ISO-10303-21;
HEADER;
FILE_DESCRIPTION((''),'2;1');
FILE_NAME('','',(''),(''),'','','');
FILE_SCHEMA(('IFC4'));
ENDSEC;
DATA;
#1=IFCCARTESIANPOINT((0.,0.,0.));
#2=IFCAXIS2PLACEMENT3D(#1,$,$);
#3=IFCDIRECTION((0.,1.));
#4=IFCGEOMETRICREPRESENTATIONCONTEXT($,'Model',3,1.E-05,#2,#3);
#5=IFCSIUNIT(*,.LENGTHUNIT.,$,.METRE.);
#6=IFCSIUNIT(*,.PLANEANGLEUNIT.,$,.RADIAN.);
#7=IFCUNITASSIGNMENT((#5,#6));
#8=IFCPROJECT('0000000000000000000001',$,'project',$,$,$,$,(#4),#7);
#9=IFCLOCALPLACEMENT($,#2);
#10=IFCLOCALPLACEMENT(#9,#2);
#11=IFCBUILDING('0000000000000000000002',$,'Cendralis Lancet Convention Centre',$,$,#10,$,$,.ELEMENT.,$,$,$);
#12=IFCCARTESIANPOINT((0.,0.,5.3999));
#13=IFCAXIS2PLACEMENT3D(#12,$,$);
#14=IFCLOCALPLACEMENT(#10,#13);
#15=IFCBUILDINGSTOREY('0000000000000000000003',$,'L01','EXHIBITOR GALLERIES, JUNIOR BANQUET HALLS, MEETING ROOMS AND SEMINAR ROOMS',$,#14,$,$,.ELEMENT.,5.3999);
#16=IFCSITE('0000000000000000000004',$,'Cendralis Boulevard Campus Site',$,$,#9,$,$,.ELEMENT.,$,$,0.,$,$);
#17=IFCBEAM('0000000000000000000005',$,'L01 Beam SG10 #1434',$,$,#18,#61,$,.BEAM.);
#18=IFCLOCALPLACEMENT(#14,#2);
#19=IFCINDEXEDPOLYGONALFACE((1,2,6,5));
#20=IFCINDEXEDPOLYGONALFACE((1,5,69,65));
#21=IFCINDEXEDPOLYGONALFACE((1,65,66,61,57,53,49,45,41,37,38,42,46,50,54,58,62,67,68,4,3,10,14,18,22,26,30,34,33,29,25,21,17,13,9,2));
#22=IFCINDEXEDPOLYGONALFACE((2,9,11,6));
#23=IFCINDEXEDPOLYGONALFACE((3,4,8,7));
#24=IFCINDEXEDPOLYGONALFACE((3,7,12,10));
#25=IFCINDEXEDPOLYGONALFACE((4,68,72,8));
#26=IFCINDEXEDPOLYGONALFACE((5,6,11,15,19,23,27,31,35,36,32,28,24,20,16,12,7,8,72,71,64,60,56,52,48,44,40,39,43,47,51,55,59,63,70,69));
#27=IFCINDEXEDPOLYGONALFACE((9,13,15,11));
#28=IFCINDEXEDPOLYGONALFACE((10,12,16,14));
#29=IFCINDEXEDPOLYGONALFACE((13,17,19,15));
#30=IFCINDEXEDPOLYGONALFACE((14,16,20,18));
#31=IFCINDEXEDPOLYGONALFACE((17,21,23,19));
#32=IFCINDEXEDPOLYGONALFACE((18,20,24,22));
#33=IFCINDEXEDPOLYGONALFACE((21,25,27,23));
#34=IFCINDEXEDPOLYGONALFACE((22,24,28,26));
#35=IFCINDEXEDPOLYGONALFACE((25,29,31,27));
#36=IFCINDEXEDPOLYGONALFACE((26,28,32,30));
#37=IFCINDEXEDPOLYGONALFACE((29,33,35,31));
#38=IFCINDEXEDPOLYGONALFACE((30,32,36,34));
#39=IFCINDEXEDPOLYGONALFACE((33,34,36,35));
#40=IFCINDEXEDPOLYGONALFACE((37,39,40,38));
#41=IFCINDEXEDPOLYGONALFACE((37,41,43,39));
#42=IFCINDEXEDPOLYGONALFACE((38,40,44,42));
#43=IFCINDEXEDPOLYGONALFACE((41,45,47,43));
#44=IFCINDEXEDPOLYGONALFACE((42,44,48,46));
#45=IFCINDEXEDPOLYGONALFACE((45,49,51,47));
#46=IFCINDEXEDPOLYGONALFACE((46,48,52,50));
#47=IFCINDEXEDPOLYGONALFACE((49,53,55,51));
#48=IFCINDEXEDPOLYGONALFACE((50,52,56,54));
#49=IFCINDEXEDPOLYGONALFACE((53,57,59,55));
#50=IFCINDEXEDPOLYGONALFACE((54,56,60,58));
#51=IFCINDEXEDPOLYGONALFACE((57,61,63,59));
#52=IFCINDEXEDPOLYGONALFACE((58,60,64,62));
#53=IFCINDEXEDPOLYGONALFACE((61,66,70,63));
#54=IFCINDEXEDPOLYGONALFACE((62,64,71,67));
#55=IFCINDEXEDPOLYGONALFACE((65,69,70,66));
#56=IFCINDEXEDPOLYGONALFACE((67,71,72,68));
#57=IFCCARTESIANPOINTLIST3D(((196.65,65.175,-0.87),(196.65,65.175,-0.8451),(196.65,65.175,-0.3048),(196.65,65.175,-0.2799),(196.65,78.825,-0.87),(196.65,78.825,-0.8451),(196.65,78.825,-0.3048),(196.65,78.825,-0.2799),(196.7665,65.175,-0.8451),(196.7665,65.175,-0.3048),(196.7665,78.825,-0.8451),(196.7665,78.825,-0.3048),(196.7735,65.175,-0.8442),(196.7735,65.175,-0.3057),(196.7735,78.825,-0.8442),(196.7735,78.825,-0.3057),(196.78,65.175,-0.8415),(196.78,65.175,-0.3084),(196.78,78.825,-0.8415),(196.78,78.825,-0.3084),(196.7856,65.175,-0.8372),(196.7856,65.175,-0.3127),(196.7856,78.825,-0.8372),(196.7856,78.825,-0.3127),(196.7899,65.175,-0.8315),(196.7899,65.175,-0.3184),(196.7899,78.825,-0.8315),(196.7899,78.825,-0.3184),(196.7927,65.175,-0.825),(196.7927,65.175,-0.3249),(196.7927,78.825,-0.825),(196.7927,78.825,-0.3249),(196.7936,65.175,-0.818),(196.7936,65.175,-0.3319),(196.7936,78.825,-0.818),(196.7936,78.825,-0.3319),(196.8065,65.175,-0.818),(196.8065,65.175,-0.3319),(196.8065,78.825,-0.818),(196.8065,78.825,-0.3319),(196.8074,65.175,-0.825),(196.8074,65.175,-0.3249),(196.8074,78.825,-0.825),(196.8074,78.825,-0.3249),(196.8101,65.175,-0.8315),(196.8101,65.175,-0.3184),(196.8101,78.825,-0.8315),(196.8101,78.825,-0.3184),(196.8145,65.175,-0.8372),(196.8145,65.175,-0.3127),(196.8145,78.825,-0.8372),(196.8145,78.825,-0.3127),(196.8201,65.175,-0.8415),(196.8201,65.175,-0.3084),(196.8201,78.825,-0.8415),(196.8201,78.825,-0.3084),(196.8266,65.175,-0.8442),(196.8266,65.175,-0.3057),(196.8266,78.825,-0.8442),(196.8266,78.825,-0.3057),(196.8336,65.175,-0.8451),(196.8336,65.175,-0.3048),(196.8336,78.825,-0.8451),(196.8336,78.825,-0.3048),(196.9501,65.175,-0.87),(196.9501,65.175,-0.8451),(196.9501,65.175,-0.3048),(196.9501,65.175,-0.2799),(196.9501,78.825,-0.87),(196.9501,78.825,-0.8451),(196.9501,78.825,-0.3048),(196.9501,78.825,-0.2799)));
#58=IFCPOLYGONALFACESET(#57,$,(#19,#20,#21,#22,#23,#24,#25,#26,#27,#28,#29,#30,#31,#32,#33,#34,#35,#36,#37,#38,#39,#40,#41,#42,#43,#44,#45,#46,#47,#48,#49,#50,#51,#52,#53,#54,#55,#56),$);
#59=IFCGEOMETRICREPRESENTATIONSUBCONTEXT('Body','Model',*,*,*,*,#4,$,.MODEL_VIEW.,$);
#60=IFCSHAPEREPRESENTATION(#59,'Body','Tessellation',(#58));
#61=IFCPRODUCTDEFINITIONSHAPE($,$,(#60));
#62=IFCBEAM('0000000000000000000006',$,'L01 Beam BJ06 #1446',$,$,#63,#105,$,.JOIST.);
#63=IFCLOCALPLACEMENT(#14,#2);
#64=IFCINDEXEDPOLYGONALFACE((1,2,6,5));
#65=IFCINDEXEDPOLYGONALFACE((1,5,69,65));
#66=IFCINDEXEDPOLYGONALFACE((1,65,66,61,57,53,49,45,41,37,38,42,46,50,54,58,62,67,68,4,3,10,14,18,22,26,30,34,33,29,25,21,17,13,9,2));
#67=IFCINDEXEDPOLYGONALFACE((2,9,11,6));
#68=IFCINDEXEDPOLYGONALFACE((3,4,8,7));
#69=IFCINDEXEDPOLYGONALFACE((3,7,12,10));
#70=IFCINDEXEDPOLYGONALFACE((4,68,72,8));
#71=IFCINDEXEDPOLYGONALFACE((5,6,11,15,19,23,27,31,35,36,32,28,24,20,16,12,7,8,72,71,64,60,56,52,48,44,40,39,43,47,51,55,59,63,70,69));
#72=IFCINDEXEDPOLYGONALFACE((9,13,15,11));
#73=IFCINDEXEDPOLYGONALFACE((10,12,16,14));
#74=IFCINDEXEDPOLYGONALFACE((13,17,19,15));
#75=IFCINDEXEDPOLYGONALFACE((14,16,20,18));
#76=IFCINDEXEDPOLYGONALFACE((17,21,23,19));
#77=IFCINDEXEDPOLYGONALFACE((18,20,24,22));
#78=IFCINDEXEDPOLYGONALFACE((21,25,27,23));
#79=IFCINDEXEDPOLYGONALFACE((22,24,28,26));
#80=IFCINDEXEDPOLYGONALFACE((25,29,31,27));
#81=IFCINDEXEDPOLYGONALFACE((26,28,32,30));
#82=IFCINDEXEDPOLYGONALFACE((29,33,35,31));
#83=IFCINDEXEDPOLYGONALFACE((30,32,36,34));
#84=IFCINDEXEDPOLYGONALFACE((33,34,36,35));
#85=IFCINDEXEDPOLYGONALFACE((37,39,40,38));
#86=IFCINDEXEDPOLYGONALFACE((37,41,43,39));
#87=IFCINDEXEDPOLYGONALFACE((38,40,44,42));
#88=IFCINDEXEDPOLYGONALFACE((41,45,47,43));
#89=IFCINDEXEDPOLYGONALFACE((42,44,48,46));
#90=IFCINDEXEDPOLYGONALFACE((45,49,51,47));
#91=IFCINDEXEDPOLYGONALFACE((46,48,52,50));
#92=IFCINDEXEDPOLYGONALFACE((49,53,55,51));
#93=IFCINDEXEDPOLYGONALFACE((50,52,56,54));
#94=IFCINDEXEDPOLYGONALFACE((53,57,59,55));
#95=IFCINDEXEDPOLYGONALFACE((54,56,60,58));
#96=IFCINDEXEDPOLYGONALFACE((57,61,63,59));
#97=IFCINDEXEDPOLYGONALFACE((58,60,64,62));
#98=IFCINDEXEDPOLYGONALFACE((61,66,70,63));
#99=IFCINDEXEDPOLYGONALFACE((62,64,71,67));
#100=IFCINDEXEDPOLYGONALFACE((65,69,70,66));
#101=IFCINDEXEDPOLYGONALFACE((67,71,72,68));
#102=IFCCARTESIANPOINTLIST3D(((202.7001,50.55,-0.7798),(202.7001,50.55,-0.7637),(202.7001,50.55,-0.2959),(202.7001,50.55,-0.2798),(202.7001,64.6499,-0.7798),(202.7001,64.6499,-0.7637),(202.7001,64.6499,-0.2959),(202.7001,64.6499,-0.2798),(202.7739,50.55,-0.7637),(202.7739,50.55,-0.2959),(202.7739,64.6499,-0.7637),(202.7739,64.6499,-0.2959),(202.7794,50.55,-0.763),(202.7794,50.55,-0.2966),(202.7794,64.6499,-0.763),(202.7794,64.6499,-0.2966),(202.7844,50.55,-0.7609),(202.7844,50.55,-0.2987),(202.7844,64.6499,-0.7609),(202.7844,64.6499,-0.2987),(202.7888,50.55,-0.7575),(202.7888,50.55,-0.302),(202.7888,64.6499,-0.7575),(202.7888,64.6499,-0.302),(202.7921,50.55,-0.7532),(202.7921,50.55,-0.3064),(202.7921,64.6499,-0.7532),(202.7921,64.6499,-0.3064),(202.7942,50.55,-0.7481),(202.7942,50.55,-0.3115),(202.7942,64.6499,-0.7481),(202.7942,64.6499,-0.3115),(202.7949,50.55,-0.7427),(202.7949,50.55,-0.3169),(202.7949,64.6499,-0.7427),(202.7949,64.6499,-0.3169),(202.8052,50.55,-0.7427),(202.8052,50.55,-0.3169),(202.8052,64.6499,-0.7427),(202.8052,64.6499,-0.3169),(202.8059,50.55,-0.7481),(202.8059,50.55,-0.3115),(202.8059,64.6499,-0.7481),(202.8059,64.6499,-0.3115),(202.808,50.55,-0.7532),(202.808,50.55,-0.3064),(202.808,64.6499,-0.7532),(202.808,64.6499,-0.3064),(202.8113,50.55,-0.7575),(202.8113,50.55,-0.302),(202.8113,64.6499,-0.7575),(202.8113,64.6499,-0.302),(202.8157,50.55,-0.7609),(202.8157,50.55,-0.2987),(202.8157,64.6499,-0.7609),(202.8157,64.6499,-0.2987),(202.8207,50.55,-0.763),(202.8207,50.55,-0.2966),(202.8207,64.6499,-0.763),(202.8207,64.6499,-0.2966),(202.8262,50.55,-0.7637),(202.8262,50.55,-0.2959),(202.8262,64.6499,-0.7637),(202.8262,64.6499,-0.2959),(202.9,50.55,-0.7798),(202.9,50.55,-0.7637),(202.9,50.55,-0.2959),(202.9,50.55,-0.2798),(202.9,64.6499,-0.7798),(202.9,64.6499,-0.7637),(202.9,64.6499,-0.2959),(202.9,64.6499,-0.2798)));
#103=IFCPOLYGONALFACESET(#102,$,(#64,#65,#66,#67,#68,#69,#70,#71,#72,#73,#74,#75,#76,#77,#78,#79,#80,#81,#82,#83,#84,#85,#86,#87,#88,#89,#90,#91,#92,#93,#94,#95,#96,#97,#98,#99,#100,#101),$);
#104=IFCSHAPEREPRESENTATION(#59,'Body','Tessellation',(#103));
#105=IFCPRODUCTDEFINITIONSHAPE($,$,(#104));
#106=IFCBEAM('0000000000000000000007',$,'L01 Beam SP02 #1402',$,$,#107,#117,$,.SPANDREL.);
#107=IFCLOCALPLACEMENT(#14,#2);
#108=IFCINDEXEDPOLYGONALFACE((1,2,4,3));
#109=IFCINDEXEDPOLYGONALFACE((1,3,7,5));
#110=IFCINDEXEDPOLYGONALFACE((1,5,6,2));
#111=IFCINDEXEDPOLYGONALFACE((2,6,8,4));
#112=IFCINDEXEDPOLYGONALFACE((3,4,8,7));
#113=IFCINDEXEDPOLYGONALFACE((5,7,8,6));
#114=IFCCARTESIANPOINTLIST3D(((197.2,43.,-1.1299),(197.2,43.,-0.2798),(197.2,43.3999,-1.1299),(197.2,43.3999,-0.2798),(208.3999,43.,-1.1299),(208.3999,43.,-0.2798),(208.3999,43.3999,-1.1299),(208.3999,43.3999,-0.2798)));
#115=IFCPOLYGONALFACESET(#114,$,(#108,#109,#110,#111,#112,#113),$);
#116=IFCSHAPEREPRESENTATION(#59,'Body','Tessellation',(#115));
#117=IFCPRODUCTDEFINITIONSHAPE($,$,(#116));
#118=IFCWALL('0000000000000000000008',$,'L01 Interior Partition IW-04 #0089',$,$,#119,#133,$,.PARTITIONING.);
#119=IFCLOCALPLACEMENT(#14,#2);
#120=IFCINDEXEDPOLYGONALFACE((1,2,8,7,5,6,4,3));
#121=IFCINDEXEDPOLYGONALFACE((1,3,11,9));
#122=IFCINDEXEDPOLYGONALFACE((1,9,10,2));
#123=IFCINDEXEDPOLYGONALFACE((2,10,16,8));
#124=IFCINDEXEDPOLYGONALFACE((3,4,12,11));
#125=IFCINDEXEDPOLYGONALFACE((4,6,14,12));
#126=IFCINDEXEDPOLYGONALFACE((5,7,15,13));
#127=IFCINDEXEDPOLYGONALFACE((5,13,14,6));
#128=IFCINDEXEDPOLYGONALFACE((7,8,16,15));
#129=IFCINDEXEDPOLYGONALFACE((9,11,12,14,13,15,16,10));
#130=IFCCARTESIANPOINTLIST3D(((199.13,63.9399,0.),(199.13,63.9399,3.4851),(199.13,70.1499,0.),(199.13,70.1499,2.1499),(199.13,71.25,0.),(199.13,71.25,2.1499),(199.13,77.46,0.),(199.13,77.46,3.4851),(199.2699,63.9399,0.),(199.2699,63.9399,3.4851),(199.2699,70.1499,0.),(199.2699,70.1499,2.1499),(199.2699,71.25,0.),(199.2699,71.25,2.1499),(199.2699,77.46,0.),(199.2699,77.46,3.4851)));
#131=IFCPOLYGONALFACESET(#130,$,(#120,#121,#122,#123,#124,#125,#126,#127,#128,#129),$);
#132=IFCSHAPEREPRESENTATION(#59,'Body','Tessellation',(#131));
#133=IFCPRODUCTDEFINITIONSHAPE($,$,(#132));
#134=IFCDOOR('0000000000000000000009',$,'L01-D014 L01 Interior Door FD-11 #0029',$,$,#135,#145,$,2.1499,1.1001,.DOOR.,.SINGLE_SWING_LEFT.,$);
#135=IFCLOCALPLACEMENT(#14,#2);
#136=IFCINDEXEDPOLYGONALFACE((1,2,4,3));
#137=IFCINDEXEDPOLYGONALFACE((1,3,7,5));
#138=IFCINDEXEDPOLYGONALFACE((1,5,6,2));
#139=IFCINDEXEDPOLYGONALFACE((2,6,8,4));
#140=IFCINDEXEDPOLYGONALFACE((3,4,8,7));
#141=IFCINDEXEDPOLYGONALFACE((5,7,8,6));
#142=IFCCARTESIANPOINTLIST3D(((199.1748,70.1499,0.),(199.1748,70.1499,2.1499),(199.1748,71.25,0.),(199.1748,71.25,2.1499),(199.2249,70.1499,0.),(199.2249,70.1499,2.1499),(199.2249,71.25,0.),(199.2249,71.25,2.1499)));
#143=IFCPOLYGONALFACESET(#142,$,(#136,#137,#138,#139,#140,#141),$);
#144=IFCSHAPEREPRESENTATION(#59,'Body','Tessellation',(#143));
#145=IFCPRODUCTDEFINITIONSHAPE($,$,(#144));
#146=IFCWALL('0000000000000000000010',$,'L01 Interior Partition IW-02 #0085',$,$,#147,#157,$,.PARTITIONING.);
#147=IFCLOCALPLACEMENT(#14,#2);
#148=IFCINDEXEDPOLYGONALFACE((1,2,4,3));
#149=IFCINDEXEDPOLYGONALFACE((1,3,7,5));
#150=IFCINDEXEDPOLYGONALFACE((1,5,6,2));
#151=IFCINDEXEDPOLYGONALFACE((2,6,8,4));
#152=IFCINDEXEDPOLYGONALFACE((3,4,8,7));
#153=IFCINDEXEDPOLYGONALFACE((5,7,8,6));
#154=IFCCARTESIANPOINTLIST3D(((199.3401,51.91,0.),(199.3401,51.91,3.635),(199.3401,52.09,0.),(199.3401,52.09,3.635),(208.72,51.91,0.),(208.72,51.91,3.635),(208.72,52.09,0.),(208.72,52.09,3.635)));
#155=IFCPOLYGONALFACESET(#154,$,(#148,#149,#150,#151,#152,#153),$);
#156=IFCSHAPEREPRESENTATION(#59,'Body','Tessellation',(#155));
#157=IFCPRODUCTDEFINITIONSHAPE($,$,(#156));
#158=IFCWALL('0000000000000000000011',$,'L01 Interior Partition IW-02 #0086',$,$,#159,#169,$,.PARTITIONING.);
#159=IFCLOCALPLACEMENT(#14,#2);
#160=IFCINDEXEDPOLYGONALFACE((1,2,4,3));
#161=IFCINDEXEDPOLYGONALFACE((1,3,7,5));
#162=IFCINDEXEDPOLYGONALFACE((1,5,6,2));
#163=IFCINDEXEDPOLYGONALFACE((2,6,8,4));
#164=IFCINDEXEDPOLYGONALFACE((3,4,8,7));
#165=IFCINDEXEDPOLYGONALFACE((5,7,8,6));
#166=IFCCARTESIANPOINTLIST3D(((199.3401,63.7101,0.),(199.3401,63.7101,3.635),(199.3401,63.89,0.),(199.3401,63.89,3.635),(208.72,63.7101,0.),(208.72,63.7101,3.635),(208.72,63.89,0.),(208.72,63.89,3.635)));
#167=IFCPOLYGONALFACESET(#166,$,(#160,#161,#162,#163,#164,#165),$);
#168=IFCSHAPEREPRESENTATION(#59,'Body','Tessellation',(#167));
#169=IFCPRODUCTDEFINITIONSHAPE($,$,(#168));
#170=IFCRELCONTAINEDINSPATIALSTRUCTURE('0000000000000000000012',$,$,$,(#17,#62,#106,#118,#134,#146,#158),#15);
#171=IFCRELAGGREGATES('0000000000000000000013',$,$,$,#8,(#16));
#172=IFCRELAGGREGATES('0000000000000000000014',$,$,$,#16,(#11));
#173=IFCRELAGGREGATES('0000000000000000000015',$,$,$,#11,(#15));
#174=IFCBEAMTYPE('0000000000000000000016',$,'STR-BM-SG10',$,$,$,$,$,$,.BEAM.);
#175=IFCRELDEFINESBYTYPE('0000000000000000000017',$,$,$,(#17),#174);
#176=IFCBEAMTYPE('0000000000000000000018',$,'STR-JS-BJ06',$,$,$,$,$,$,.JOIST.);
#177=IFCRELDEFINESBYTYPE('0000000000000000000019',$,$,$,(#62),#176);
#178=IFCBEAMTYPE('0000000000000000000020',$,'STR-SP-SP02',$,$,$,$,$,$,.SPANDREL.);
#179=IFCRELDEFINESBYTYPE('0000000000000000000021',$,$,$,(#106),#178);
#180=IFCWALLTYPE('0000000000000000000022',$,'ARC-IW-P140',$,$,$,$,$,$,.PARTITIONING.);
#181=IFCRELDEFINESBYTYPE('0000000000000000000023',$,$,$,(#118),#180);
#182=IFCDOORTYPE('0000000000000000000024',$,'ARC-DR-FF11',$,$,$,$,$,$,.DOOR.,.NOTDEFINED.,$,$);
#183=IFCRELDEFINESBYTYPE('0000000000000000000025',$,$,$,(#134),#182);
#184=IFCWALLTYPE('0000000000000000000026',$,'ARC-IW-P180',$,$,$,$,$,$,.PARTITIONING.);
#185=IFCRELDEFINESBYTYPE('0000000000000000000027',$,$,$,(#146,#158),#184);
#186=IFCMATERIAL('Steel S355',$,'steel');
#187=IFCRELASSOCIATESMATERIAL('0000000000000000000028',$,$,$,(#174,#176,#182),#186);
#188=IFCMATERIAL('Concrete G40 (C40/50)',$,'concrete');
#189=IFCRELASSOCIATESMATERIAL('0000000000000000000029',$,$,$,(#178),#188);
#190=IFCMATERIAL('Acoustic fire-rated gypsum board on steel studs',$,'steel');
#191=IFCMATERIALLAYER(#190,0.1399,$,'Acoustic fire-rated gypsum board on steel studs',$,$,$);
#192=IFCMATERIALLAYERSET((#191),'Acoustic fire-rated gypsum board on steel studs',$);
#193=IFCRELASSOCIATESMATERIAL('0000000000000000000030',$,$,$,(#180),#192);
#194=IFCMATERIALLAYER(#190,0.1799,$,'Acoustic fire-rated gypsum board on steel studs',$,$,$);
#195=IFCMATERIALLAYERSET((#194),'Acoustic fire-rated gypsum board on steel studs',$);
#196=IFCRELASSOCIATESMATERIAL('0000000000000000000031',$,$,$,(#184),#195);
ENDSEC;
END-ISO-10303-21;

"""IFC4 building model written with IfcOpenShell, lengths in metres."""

from ifc_helpers import new_model, si_unit, direction, frame, frame_2d, origin, origin_2d, place, context, subcontext, project, spatial, rectangle, i_section, extrude, material, layer, layer_set, material_profile, profile_set, type_object, element, fill, save


model = new_model("IFC4")

# Units and contexts
model_context = context("Model", 3, precision=1e-05, world=origin(), true_north=direction((0.0, 1.0)))
body_context = subcontext(model_context, "Body", "Model", "MODEL_VIEW")
ifc_project = project(units=[si_unit("LENGTHUNIT", "METRE"), si_unit("PLANEANGLEUNIT", "RADIAN")], contexts=[model_context])

# Site, building, storey
site_placement = place(None, origin())
site = spatial("IfcSite", under=ifc_project, at=site_placement, Name="Cendralis Boulevard Campus Site", CompositionType="ELEMENT", RefElevation=0.0)
building_placement = place(site_placement, origin())
building = spatial("IfcBuilding", under=site, at=building_placement, Name="Cendralis Lancet Convention Centre", CompositionType="ELEMENT")
storey_placement = place(building_placement, frame((0.0, 0.0, 5.3999)))
storey = spatial("IfcBuildingStorey", under=building, at=storey_placement, Name="L01", Description="EXHIBITOR GALLERIES, JUNIOR BANQUET HALLS, MEETING ROOMS AND SEMINAR ROOMS", CompositionType="ELEMENT", Elevation=5.3999)

# Shared definitions
ifc_material_1 = material(Name="Concrete G40 (C40/50)", Category="concrete")

# Beams
ifc_material_2 = material(Name="Steel S355", Category="steel")
ifc_material_profile_1 = material_profile(ifc_material_2, i_section(OverallWidth=0.3, OverallDepth=0.5901, WebThickness=0.0129, FlangeThickness=0.0249, FilletRadius=0.0271, at=origin_2d()), Name="HEA 600")
ifc_profile_set_1 = profile_set([ifc_material_profile_1], Name="Steel S355")
beam_type_1 = type_object("IfcBeamType", Name="STR-BM-SG10", PredefinedType="BEAM", material=ifc_profile_set_1)
beam_1_placement = place(storey_placement, frame((196.8, 65.175, -0.575), z_axis=(0.0, 1.0, 0.0), x_axis=(-1.0, 0.0, 0.0)))
element("IfcBeam", 1, at=beam_1_placement, inside=storey, type_object=beam_type_1, Name="L01 Beam SG10 #1434", PredefinedType="BEAM", context=body_context, shape_type="SweptSolid", body=[
    extrude(i_section(OverallWidth=0.3, OverallDepth=0.5901, WebThickness=0.0129, FlangeThickness=0.0249, FilletRadius=0.0271, at=origin_2d()), origin(), (0.0, 0.0, 1.0), 13.6499),
])
ifc_material_profile_2 = material_profile(ifc_material_2, i_section(OverallWidth=0.2, OverallDepth=0.5, WebThickness=0.0103, FlangeThickness=0.0161, FilletRadius=0.021, at=origin_2d()), Name="IPE 500")
ifc_profile_set_2 = profile_set([ifc_material_profile_2], Name="Steel S355")
beam_type_2 = type_object("IfcBeamType", Name="STR-JS-BJ06", PredefinedType="JOIST", material=ifc_profile_set_2)
beam_2_placement = place(storey_placement, frame((202.8, 50.55, -0.5298), z_axis=(0.0, 1.0, 0.0), x_axis=(-1.0, 0.0, 0.0)))
element("IfcBeam", 2, at=beam_2_placement, inside=storey, type_object=beam_type_2, Name="L01 Beam BJ06 #1446", PredefinedType="JOIST", context=body_context, shape_type="SweptSolid", body=[
    extrude(i_section(OverallWidth=0.2, OverallDepth=0.5, WebThickness=0.0103, FlangeThickness=0.0161, FilletRadius=0.021, at=origin_2d()), origin(), (0.0, 0.0, 1.0), 14.0999),
])
ifc_material_profile_3 = material_profile(ifc_material_1, rectangle(XDim=0.3999, YDim=0.8501, at=origin_2d()), Name="RCB 400x850")
ifc_profile_set_3 = profile_set([ifc_material_profile_3], Name="Concrete G40 (C40/50)")
beam_type_3 = type_object("IfcBeamType", Name="STR-SP-SP02", PredefinedType="SPANDREL", material=ifc_profile_set_3)
beam_3_placement = place(storey_placement, frame((197.2, 43.2, -0.7048), z_axis=(1.0, 0.0, 0.0), x_axis=(0.0, 1.0, 0.0)))
element("IfcBeam", 3, at=beam_3_placement, inside=storey, type_object=beam_type_3, Name="L01 Beam SP02 #1402", PredefinedType="SPANDREL", context=body_context, shape_type="SweptSolid", body=[
    extrude(rectangle(XDim=0.3999, YDim=0.8501, at=origin_2d()), origin(), (0.0, 0.0, 1.0), 11.2),
])

# Wall, opening, door
ifc_material_3 = material(Name="Acoustic fire-rated gypsum board on steel studs", Category="steel")
ifc_layer_1 = layer(ifc_material_3, 0.1399, Name="Acoustic fire-rated gypsum board on steel studs")
ifc_layer_set_1 = layer_set([ifc_layer_1], Name="Acoustic fire-rated gypsum board on steel studs")
wall_type_1 = type_object("IfcWallType", Name="ARC-IW-P140", PredefinedType="PARTITIONING", material=ifc_layer_set_1)
wall_1_placement = place(storey_placement, frame((199.2, 63.9399, 0.0), z_axis=(0.0, 0.0, 1.0), x_axis=(0.0, 1.0, 0.0)))
wall_1 = element("IfcWall", 4, at=wall_1_placement, inside=storey, type_object=wall_type_1, Name="L01 Interior Partition IW-04 #0089", PredefinedType="PARTITIONING", context=body_context, shape_type="SweptSolid", body=[
    extrude(rectangle(XDim=13.52, YDim=0.1399, at=frame_2d((6.76, 0.0))), origin(), (0.0, 0.0, 1.0), 3.4851),
])
opening_1_placement = place(wall_1_placement, frame((6.21, 0.0, 0.0)))
opening_1 = element("IfcOpeningElement", 5, at=opening_1_placement, cuts=wall_1, PredefinedType="OPENING", context=body_context, shape_type="SweptSolid", body=[
    extrude(rectangle(XDim=1.1001, YDim=2.1499, at=frame_2d((0.55, 1.075))), frame((0.0, 0.0798, 0.0), z_axis=(0.0, -1.0, 0.0), x_axis=(1.0, 0.0, 0.0)), (0.0, 0.0, 1.0), 0.1599),
])
door_type_1 = type_object("IfcDoorType", Name="ARC-DR-FF11", OperationType="NOTDEFINED", PredefinedType="DOOR", material=ifc_material_2)
door_1_placement = place(opening_1_placement, frame((1.1001, 0.0, 0.0), z_axis=(0.0, 0.0, 1.0), x_axis=(-1.0, 0.0, 0.0)))
door_1 = element("IfcDoor", 6, at=door_1_placement, inside=storey, type_object=door_type_1, Name="L01-D014 L01 Interior Door FD-11 #0029", OperationType="SINGLE_SWING_LEFT", OverallHeight=2.1499, OverallWidth=1.1001, PredefinedType="DOOR", context=body_context, shape_type="SweptSolid", body=[
    extrude(rectangle(XDim=1.1001, YDim=2.1499, at=frame_2d((0.55, 1.075))), frame((0.0, 0.0249, 0.0), z_axis=(0.0, -1.0, 0.0), x_axis=(1.0, 0.0, 0.0)), (0.0, 0.0, 1.0), 0.05),
])
fill(opening_1, door_1)

# Walls
ifc_layer_2 = layer(ifc_material_3, 0.1799, Name="Acoustic fire-rated gypsum board on steel studs")
ifc_layer_set_2 = layer_set([ifc_layer_2], Name="Acoustic fire-rated gypsum board on steel studs")
wall_type_2 = type_object("IfcWallType", Name="ARC-IW-P180", PredefinedType="PARTITIONING", material=ifc_layer_set_2)
for number, where, z_axis, x_axis, name in (
    (7, (199.3401, 52.0, 0.0), (0.0, 0.0, 1.0), (1.0, 0.0, 0.0), "L01 Interior Partition IW-02 #0085"),
    (8, (199.3401, 63.8, 0.0), (0.0, 0.0, 1.0), (1.0, 0.0, 0.0), "L01 Interior Partition IW-02 #0086"),
):
    element("IfcWall", number, at=place(storey_placement, frame(where, z_axis=z_axis, x_axis=x_axis)), inside=storey, type_object=wall_type_2, Name=name, PredefinedType="PARTITIONING", context=body_context, shape_type="SweptSolid", body=[
        extrude(rectangle(XDim=9.3799, YDim=0.1799, at=frame_2d((4.6899, 0.0))), origin(), (0.0, 0.0, 1.0), 3.635),
    ])

save(model, "model.ifc")
